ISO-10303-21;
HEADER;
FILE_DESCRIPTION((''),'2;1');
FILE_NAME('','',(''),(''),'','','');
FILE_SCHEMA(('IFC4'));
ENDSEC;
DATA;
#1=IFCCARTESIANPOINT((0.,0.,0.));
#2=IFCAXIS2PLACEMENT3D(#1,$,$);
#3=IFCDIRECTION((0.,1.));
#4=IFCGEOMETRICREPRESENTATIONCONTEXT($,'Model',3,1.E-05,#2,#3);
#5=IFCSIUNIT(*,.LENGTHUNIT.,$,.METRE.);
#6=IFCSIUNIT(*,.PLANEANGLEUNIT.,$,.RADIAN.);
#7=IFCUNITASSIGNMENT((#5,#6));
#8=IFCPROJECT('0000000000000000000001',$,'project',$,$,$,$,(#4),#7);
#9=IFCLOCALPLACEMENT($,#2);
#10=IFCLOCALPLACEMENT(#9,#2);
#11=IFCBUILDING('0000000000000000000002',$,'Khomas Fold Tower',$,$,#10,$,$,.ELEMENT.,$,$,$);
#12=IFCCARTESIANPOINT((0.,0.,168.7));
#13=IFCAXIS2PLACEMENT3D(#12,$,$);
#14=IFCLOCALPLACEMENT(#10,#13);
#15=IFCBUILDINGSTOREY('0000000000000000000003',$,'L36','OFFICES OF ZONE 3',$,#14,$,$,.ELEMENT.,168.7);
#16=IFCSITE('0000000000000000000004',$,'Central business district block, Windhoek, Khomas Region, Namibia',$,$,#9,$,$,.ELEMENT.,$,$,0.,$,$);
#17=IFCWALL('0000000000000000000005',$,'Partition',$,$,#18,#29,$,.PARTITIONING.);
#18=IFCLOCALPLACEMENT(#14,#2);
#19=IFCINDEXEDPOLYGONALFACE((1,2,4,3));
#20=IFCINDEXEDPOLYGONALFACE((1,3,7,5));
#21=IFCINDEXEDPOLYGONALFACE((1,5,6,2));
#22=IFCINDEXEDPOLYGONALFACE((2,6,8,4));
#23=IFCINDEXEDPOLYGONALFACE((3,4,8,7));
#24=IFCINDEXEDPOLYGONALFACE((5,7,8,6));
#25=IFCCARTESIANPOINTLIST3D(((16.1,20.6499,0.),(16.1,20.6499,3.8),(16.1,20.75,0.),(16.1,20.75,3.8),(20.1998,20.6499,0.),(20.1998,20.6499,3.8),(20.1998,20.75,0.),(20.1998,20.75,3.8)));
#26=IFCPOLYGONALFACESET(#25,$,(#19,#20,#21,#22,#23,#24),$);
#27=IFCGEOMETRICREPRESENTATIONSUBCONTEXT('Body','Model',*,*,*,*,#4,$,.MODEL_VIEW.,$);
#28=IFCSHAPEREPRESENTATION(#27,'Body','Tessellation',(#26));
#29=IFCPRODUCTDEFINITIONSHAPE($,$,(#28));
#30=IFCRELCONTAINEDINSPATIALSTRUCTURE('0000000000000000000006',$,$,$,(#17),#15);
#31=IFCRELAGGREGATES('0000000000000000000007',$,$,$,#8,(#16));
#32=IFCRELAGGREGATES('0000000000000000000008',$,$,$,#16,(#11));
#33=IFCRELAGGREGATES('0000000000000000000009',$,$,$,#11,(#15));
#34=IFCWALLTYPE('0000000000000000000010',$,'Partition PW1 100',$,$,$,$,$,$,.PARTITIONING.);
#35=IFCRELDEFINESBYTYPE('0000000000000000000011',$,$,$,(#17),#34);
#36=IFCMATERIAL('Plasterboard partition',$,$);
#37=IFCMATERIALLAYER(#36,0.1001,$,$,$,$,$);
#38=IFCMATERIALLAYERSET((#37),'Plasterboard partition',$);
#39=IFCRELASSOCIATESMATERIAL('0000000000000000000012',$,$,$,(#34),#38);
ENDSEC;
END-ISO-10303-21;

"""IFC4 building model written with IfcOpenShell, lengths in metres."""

from ifc_helpers import new_model, si_unit, direction, frame, frame_2d, origin, place, context, subcontext, project, spatial, rectangle, extrude, source, transform, mapped, material, layer, layer_set, type_object, element, save


model = new_model("IFC4")

# Units and contexts
model_context = context("Model", 3, precision=1e-05, world=origin(), true_north=direction((0.0, 1.0)))
body_context = subcontext(model_context, "Body", "Model", "MODEL_VIEW")
ifc_project = project(units=[si_unit("LENGTHUNIT", "METRE"), si_unit("PLANEANGLEUNIT", "RADIAN")], contexts=[model_context])

# Site, building, storey
site_placement = place(None, origin())
site = spatial("IfcSite", under=ifc_project, at=site_placement, Name="Central business district block, Windhoek, Khomas Region, Namibia", CompositionType="ELEMENT", RefElevation=0.0)
building_placement = place(site_placement, origin())
building = spatial("IfcBuilding", under=site, at=building_placement, Name="Khomas Fold Tower", CompositionType="ELEMENT")
storey_placement = place(building_placement, frame((0.0, 0.0, 168.7)))
storey = spatial("IfcBuildingStorey", under=building, at=storey_placement, Name="L36", Description="OFFICES OF ZONE 3", CompositionType="ELEMENT", Elevation=168.7)

# Wall
ifc_material_1 = material(Name="Plasterboard partition")
ifc_layer_1 = layer(ifc_material_1, 0.1001)
ifc_layer_set_1 = layer_set([ifc_layer_1], Name="Plasterboard partition")
wall_type_1 = type_object("IfcWallType", Name="Partition PW1 100", PredefinedType="PARTITIONING", material=ifc_layer_set_1)
shared_shape_1 = source(origin(), body_context, "Body", "SweptSolid", [
    extrude(rectangle(XDim=4.0999, YDim=0.1001, at=frame_2d((2.0498, 0.0))), origin(), (0.0, 0.0, 1.0), 3.8),
])
wall_1_placement = place(storey_placement, frame((16.1001, 20.7, 0.0), z_axis=(0.0, 0.0, 1.0), x_axis=(1.0, 0.0, 0.0)))
element("IfcWall", 1, at=wall_1_placement, inside=storey, type_object=wall_type_1, Name="Partition", PredefinedType="PARTITIONING", context=body_context, shape_type="MappedRepresentation", body=[
    mapped(shared_shape_1, transform((0.0, 0.0, 0.0))),
])

save(model, "model.ifc")
